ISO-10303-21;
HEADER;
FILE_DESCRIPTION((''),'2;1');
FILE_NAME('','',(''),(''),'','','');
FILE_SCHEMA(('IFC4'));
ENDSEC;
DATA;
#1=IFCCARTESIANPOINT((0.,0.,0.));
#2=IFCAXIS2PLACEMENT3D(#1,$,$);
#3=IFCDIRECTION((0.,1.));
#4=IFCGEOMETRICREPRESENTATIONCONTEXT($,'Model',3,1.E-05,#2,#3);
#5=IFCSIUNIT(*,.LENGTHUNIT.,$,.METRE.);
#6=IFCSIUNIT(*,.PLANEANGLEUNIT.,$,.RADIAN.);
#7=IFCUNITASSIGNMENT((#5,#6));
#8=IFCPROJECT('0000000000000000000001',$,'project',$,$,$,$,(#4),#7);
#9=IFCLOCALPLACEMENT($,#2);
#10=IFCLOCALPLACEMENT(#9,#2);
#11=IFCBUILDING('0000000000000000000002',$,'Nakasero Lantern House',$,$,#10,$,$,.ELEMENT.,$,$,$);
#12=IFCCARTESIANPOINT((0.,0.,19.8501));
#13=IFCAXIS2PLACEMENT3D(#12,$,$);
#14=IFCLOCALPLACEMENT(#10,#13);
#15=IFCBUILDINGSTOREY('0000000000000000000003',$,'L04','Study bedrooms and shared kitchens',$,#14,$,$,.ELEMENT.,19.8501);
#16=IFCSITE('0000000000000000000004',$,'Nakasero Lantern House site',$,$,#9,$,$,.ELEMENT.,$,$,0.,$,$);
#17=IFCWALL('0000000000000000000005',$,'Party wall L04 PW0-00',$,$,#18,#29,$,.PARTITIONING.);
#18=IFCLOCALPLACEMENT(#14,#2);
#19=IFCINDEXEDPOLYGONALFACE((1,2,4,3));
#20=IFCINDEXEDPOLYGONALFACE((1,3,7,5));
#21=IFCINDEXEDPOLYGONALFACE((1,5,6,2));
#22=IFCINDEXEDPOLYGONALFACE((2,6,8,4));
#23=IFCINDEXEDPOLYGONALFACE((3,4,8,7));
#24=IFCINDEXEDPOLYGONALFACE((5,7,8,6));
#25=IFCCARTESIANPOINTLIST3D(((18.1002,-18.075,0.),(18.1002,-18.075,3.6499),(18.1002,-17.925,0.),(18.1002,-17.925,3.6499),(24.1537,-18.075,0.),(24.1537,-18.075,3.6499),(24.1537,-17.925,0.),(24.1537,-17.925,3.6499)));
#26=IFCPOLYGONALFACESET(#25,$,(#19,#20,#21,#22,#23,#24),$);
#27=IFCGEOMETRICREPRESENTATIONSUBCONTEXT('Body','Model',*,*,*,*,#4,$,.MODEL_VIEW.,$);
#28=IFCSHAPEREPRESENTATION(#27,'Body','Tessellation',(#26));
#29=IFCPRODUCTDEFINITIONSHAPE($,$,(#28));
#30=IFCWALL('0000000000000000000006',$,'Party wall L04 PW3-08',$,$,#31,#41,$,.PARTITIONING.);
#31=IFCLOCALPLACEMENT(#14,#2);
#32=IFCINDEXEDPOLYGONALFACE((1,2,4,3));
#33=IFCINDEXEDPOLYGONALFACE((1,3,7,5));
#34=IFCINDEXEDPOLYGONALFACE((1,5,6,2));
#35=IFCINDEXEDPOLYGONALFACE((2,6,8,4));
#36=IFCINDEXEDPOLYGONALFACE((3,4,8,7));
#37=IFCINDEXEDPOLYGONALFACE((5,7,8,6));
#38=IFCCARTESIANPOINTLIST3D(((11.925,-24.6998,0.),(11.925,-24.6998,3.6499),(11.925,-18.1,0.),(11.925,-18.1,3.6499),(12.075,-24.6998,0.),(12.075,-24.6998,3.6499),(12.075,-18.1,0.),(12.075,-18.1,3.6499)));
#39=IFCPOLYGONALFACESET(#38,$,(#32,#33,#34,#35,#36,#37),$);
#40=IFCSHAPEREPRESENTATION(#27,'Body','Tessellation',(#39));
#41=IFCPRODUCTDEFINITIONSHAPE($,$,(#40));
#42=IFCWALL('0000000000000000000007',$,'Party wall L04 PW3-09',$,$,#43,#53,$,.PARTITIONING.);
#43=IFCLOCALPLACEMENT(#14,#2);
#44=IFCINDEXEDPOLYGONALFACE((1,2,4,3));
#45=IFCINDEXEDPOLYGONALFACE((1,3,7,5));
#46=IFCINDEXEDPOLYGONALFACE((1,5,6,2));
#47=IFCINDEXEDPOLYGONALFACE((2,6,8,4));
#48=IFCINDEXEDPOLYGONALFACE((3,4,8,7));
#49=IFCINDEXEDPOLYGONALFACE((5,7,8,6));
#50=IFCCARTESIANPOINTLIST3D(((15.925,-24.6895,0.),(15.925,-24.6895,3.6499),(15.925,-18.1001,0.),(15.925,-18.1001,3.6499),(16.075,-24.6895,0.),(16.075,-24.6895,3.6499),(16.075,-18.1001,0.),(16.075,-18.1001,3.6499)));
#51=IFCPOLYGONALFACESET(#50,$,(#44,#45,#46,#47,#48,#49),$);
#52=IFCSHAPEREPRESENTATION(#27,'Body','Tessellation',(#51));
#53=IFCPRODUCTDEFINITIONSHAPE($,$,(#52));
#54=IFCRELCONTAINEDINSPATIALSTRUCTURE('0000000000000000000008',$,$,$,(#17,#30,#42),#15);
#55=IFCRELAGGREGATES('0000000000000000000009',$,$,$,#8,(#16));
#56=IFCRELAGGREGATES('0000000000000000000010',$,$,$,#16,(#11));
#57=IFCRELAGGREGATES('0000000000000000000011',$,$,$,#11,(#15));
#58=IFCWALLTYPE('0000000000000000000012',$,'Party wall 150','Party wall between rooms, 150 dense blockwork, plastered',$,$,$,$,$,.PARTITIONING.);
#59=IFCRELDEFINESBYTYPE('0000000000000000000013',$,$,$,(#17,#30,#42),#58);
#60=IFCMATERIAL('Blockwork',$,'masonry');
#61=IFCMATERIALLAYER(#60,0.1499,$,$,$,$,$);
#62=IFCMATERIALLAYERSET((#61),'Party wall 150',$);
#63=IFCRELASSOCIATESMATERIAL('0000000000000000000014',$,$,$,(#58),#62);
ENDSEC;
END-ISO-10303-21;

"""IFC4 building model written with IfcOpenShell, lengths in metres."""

from ifc_helpers import new_model, si_unit, direction, frame, frame_2d, origin, place, context, subcontext, project, spatial, rectangle, extrude, material, layer, layer_set, type_object, element, save


model = new_model("IFC4")

# Units and contexts
model_context = context("Model", 3, precision=1e-05, world=origin(), true_north=direction((0.0, 1.0)))
body_context = subcontext(model_context, "Body", "Model", "MODEL_VIEW")
ifc_project = project(units=[si_unit("LENGTHUNIT", "METRE"), si_unit("PLANEANGLEUNIT", "RADIAN")], contexts=[model_context])

# Site, building, storey
site_placement = place(None, origin())
site = spatial("IfcSite", under=ifc_project, at=site_placement, Name="Nakasero Lantern House site", CompositionType="ELEMENT", RefElevation=0.0)
building_placement = place(site_placement, origin())
building = spatial("IfcBuilding", under=site, at=building_placement, Name="Nakasero Lantern House", CompositionType="ELEMENT")
storey_placement = place(building_placement, frame((0.0, 0.0, 19.8501)))
storey = spatial("IfcBuildingStorey", under=building, at=storey_placement, Name="L04", Description="Study bedrooms and shared kitchens", CompositionType="ELEMENT", Elevation=19.8501)

# Walls
ifc_material_1 = material(Name="Blockwork", Category="masonry")
ifc_layer_1 = layer(ifc_material_1, 0.1499)
ifc_layer_set_1 = layer_set([ifc_layer_1], Name="Party wall 150")
wall_type_1 = type_object("IfcWallType", Name="Party wall 150", Description="Party wall between rooms, 150 dense blockwork, plastered", PredefinedType="PARTITIONING", material=ifc_layer_set_1)
wall_1_placement = place(storey_placement, frame((18.1001, -18.0, 0.0), z_axis=(0.0, 0.0, 1.0), x_axis=(1.0, 0.0, 0.0)))
element("IfcWall", 1, at=wall_1_placement, inside=storey, type_object=wall_type_1, Name="Party wall L04 PW0-00", PredefinedType="PARTITIONING", context=body_context, shape_type="SweptSolid", body=[
    extrude(rectangle(XDim=6.0535, YDim=0.1499, at=frame_2d((3.0269, 0.0))), origin(), (0.0, 0.0, 1.0), 3.6499),
])
wall_2_placement = place(storey_placement, frame((12.0, -18.1001, 0.0), z_axis=(0.0, 0.0, 1.0), x_axis=(0.0, -1.0, 0.0)))
element("IfcWall", 2, at=wall_2_placement, inside=storey, type_object=wall_type_1, Name="Party wall L04 PW3-08", PredefinedType="PARTITIONING", context=body_context, shape_type="SweptSolid", body=[
    extrude(rectangle(XDim=6.5999, YDim=0.1499, at=frame_2d((3.2998, 0.0))), origin(), (0.0, 0.0, 1.0), 3.6499),
])
wall_3_placement = place(storey_placement, frame((16.0, -18.1001, 0.0), z_axis=(0.0, 0.0, 1.0), x_axis=(0.0, -1.0, 0.0)))
element("IfcWall", 3, at=wall_3_placement, inside=storey, type_object=wall_type_1, Name="Party wall L04 PW3-09", PredefinedType="PARTITIONING", context=body_context, shape_type="SweptSolid", body=[
    extrude(rectangle(XDim=6.5894, YDim=0.1499, at=frame_2d((3.2947, 0.0))), origin(), (0.0, 0.0, 1.0), 3.6499),
])

save(model, "model.ifc")
